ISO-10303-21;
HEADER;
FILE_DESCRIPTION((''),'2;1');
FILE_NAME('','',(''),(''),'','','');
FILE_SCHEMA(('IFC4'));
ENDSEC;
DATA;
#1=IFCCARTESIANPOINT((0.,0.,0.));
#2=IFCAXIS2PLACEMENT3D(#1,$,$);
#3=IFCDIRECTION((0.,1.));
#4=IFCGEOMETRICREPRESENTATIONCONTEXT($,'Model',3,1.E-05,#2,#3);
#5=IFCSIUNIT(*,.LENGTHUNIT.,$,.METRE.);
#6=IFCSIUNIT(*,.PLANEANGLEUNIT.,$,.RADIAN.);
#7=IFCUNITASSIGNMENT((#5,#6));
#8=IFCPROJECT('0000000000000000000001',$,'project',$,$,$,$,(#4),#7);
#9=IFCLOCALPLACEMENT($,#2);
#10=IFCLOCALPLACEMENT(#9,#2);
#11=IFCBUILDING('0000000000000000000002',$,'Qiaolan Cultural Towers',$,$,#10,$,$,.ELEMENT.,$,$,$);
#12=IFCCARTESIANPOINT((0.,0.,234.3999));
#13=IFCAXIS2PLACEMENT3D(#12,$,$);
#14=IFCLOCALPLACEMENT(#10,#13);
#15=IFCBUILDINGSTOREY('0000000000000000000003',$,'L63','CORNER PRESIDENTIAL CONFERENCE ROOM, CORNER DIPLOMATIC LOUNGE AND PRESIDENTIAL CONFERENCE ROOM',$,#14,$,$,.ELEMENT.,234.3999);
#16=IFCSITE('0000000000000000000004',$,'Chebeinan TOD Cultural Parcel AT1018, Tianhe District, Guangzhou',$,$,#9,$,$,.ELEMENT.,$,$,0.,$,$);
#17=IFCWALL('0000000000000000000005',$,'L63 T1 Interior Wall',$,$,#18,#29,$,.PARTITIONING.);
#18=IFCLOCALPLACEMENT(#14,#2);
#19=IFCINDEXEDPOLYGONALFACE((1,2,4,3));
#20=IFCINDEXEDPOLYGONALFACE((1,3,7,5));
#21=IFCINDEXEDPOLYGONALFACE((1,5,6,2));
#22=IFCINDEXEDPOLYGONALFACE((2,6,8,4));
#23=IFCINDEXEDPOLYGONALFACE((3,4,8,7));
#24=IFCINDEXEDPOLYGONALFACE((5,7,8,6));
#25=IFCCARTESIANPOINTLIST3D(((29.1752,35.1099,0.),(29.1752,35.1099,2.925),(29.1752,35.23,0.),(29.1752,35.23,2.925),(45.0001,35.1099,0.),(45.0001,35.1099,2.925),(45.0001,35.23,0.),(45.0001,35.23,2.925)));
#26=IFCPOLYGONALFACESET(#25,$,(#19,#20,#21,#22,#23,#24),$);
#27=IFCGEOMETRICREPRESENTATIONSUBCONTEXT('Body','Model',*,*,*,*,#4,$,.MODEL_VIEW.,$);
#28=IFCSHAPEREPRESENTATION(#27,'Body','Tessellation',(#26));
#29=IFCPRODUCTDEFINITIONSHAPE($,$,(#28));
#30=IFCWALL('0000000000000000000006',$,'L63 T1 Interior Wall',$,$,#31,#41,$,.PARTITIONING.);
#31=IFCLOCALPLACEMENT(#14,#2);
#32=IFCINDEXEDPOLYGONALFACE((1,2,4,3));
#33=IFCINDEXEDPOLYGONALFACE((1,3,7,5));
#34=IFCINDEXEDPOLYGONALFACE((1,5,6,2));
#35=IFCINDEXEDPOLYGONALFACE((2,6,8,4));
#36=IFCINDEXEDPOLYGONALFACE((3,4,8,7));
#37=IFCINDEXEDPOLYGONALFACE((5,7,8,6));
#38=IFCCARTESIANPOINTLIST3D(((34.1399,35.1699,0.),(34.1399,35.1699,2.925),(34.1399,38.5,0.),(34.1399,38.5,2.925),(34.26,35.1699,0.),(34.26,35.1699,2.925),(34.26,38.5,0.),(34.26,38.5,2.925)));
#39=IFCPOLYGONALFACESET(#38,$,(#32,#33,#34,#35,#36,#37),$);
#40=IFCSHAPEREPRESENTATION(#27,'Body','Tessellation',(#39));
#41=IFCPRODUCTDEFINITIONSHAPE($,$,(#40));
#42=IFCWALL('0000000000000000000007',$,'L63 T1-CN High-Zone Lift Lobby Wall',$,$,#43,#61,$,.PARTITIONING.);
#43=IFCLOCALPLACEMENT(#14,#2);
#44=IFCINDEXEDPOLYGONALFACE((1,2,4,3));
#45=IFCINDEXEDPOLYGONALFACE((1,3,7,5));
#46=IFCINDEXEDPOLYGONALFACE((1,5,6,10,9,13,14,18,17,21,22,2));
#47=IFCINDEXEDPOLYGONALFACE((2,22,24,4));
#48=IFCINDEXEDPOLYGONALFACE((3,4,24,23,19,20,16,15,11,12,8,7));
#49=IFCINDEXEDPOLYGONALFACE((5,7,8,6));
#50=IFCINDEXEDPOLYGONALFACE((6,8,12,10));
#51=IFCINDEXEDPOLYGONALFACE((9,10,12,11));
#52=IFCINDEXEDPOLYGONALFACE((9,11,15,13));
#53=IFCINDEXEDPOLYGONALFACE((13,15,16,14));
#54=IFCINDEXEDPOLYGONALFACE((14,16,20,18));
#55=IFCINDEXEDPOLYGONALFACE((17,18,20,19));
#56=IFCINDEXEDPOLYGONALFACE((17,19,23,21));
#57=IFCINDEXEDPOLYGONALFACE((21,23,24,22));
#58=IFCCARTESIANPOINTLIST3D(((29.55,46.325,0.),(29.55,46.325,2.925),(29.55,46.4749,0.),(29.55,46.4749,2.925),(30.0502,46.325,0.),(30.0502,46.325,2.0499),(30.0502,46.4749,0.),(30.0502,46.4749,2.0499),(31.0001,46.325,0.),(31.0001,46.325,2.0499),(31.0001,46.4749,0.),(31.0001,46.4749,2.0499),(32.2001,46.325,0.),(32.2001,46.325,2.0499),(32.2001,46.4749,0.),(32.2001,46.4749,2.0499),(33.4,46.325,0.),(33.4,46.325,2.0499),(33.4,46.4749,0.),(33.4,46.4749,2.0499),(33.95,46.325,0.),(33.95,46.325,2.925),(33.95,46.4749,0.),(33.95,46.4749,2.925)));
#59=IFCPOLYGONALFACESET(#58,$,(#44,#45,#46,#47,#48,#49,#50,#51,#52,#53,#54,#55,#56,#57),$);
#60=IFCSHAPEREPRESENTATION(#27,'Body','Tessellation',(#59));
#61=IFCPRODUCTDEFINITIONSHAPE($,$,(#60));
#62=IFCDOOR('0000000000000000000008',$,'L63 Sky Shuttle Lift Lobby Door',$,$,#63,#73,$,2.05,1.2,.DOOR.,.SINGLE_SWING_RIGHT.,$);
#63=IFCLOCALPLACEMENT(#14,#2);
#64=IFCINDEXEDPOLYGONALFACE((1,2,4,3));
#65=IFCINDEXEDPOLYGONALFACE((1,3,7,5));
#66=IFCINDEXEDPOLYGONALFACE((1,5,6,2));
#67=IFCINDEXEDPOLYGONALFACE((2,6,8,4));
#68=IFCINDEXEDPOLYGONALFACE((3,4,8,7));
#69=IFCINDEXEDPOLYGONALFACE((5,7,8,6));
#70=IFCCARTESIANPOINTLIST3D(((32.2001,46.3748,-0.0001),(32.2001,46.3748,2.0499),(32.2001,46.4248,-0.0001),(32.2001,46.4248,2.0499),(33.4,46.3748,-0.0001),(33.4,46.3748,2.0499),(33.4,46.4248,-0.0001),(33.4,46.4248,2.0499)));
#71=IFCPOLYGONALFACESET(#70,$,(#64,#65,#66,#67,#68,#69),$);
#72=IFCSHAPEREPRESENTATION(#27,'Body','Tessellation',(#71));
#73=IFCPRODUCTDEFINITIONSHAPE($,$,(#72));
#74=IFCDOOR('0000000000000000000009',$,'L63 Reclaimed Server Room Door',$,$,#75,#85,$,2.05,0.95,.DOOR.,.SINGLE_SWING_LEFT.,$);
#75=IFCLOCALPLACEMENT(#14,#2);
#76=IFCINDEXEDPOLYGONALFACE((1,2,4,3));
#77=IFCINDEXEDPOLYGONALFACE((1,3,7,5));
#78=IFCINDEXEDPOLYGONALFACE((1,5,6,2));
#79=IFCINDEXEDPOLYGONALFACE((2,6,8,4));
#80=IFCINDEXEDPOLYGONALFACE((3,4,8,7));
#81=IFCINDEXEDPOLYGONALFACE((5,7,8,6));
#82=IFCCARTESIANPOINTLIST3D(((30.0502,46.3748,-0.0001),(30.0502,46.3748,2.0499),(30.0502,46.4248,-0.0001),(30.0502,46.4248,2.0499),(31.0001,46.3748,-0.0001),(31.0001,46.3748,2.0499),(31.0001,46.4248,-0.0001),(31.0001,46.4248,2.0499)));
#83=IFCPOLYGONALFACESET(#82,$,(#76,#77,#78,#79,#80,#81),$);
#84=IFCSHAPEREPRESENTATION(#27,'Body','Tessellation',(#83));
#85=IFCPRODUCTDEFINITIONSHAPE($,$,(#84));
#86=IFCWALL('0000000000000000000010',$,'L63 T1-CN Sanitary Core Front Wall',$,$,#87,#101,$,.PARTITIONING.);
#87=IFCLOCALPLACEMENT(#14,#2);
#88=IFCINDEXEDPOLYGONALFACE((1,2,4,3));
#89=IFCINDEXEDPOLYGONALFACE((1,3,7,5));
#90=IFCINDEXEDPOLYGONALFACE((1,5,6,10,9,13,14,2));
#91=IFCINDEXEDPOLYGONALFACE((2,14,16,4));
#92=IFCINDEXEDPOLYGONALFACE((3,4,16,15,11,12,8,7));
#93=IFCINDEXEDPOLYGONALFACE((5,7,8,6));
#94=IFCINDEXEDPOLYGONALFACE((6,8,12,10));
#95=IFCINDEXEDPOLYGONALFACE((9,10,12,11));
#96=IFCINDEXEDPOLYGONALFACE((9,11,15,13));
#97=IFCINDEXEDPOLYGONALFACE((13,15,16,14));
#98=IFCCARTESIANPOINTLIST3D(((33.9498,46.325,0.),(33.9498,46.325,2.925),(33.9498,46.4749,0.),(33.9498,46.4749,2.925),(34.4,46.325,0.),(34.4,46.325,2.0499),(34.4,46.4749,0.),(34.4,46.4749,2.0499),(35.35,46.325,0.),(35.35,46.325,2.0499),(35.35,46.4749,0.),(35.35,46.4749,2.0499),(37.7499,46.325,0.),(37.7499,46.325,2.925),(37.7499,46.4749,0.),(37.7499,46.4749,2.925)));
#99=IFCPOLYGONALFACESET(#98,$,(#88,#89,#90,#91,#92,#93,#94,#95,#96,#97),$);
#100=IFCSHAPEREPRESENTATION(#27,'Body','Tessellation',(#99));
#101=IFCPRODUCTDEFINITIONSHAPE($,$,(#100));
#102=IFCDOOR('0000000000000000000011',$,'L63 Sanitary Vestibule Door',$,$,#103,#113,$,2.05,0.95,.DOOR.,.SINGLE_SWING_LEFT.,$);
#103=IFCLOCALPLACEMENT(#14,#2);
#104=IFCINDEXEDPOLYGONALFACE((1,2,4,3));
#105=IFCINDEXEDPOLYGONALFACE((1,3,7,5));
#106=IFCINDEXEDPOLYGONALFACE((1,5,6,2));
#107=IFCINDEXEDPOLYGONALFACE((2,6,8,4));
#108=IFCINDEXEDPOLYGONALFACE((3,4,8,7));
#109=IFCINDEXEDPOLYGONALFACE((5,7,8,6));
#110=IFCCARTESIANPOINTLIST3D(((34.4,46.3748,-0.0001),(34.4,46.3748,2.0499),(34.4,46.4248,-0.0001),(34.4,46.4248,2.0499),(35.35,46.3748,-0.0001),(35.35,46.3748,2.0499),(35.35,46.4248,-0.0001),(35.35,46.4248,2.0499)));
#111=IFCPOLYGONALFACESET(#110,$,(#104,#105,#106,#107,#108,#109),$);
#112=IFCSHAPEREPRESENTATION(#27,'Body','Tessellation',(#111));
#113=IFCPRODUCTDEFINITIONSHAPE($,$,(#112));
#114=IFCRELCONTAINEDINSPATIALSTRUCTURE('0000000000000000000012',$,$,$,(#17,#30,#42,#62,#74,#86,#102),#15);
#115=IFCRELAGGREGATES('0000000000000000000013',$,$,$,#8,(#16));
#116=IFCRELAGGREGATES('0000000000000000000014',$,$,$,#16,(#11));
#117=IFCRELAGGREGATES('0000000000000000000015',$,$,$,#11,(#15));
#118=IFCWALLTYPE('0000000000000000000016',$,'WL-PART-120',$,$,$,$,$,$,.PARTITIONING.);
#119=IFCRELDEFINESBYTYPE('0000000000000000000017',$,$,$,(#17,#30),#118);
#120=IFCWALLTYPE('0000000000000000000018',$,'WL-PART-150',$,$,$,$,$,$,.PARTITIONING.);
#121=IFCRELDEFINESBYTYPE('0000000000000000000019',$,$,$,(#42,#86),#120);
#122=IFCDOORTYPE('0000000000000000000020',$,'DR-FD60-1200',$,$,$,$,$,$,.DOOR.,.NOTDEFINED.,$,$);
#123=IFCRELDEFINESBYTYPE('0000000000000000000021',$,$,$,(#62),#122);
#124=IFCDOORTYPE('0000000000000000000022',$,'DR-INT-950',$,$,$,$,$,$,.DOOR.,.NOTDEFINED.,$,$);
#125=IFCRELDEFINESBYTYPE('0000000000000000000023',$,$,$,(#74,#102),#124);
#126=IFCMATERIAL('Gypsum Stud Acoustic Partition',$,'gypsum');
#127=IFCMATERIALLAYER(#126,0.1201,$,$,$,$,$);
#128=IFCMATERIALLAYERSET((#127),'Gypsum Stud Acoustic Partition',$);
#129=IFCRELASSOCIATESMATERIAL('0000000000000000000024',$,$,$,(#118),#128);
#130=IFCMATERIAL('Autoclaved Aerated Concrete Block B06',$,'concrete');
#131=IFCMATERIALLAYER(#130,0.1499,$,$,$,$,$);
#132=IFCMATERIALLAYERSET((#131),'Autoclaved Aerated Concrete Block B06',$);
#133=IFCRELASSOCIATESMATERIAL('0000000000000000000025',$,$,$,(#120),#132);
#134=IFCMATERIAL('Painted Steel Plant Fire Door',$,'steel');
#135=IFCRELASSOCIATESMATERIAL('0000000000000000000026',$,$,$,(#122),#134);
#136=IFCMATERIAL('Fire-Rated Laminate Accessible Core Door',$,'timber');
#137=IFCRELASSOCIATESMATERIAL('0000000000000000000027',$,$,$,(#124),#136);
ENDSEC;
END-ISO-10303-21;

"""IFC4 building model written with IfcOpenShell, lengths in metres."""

from ifc_helpers import new_model, si_unit, direction, frame, frame_2d, origin, place, context, subcontext, project, spatial, rectangle, extrude, material, layer, layer_set, type_object, element, fill, save


model = new_model("IFC4")

# Units and contexts
model_context = context("Model", 3, precision=1e-05, world=origin(), true_north=direction((0.0, 1.0)))
body_context = subcontext(model_context, "Body", "Model", "MODEL_VIEW")
ifc_project = project(units=[si_unit("LENGTHUNIT", "METRE"), si_unit("PLANEANGLEUNIT", "RADIAN")], contexts=[model_context])

# Site, building, storey
site_placement = place(None, origin())
site = spatial("IfcSite", under=ifc_project, at=site_placement, Name="Chebeinan TOD Cultural Parcel AT1018, Tianhe District, Guangzhou", CompositionType="ELEMENT", RefElevation=0.0)
building_placement = place(site_placement, origin())
building = spatial("IfcBuilding", under=site, at=building_placement, Name="Qiaolan Cultural Towers", CompositionType="ELEMENT")
storey_placement = place(building_placement, frame((0.0, 0.0, 234.3999)))
storey = spatial("IfcBuildingStorey", under=building, at=storey_placement, Name="L63", Description="CORNER PRESIDENTIAL CONFERENCE ROOM, CORNER DIPLOMATIC LOUNGE AND PRESIDENTIAL CONFERENCE ROOM", CompositionType="ELEMENT", Elevation=234.3999)

# Shared definitions
ifc_material_1 = material(Name="Gypsum Stud Acoustic Partition", Category="gypsum")
ifc_layer_1 = layer(ifc_material_1, 0.1201)
ifc_layer_set_1 = layer_set([ifc_layer_1], Name="Gypsum Stud Acoustic Partition")
wall_type_1 = type_object("IfcWallType", Name="WL-PART-120", PredefinedType="PARTITIONING", material=ifc_layer_set_1)

# Walls
for number, where, z_axis, x_axis, name in (
    (1, (29.175, 35.1699, 0.0), (0.0, 0.0, 1.0), (1.0, 0.0, 0.0), "L63 T1 Interior Wall"),
):
    element("IfcWall", number, at=place(storey_placement, frame(where, z_axis=z_axis, x_axis=x_axis)), inside=storey, type_object=wall_type_1, Name=name, PredefinedType="PARTITIONING", context=body_context, shape_type="SweptSolid", body=[
        extrude(rectangle(XDim=15.825, YDim=0.1201, at=frame_2d((7.9126, 0.0))), origin(), (0.0, 0.0, 1.0), 2.925),
    ])
wall_1_placement = place(storey_placement, frame((34.2, 35.1699, 0.0), z_axis=(0.0, 0.0, 1.0), x_axis=(0.0, 1.0, 0.0)))
element("IfcWall", 2, at=wall_1_placement, inside=storey, type_object=wall_type_1, Name="L63 T1 Interior Wall", PredefinedType="PARTITIONING", context=body_context, shape_type="SweptSolid", body=[
    extrude(rectangle(XDim=3.3301, YDim=0.1201, at=frame_2d((1.665, 0.0))), origin(), (0.0, 0.0, 1.0), 2.925),
])

# Wall, openings, doors
ifc_material_2 = material(Name="Autoclaved Aerated Concrete Block B06", Category="concrete")
ifc_layer_2 = layer(ifc_material_2, 0.1499)
ifc_layer_set_2 = layer_set([ifc_layer_2], Name="Autoclaved Aerated Concrete Block B06")
wall_type_2 = type_object("IfcWallType", Name="WL-PART-150", PredefinedType="PARTITIONING", material=ifc_layer_set_2)
wall_2_placement = place(storey_placement, frame((29.55, 46.3999, 0.0), z_axis=(0.0, 0.0, 1.0), x_axis=(1.0, 0.0, 0.0)))
wall_2 = element("IfcWall", 3, at=wall_2_placement, inside=storey, type_object=wall_type_2, Name="L63 T1-CN High-Zone Lift Lobby Wall", PredefinedType="PARTITIONING", context=body_context, shape_type="SweptSolid", body=[
    extrude(rectangle(XDim=4.3999, YDim=0.1499, at=frame_2d((2.2, 0.0))), origin(), (0.0, 0.0, 1.0), 2.925),
])
opening_1_placement = place(wall_2_placement, frame((0.5, 0.0, 0.0)))
opening_1 = element("IfcOpeningElement", 4, at=opening_1_placement, cuts=wall_2, PredefinedType="OPENING", context=body_context, shape_type="SweptSolid", body=[
    extrude(rectangle(XDim=0.95, YDim=2.05, at=frame_2d((0.4751, 1.0249))), frame((0.0, 0.085, 0.0), z_axis=(0.0, -1.0, 0.0), x_axis=(1.0, 0.0, 0.0)), (0.0, 0.0, 1.0), 0.1699),
])
opening_2_placement = place(wall_2_placement, frame((2.6499, 0.0, 0.0)))
opening_2 = element("IfcOpeningElement", 5, at=opening_2_placement, cuts=wall_2, PredefinedType="OPENING", context=body_context, shape_type="SweptSolid", body=[
    extrude(rectangle(XDim=1.2, YDim=2.05, at=frame_2d((0.6001, 1.0249))), frame((0.0, 0.085, 0.0), z_axis=(0.0, -1.0, 0.0), x_axis=(1.0, 0.0, 0.0)), (0.0, 0.0, 1.0), 0.1699),
])
ifc_material_3 = material(Name="Painted Steel Plant Fire Door", Category="steel")
door_type_1 = type_object("IfcDoorType", Name="DR-FD60-1200", OperationType="NOTDEFINED", PredefinedType="DOOR", material=ifc_material_3)
door_1_placement = place(opening_2_placement, origin())
door_1 = element("IfcDoor", 6, at=door_1_placement, inside=storey, type_object=door_type_1, Name="L63 Sky Shuttle Lift Lobby Door", OperationType="SINGLE_SWING_RIGHT", OverallHeight=2.05, OverallWidth=1.2, PredefinedType="DOOR", context=body_context, shape_type="SweptSolid", body=[
    extrude(rectangle(XDim=1.2, YDim=2.05, at=frame_2d((0.6001, 1.0249))), frame((0.0, 0.0249, 0.0), z_axis=(0.0, -1.0, 0.0), x_axis=(1.0, 0.0, 0.0)), (0.0, 0.0, 1.0), 0.05),
])
fill(opening_2, door_1)
ifc_material_4 = material(Name="Fire-Rated Laminate Accessible Core Door", Category="timber")
door_type_2 = type_object("IfcDoorType", Name="DR-INT-950", OperationType="NOTDEFINED", PredefinedType="DOOR", material=ifc_material_4)
door_2_placement = place(opening_1_placement, origin())
door_2 = element("IfcDoor", 7, at=door_2_placement, inside=storey, type_object=door_type_2, Name="L63 Reclaimed Server Room Door", OperationType="SINGLE_SWING_LEFT", OverallHeight=2.05, OverallWidth=0.95, PredefinedType="DOOR", context=body_context, shape_type="SweptSolid", body=[
    extrude(rectangle(XDim=0.95, YDim=2.05, at=frame_2d((0.4751, 1.0249))), frame((0.0, 0.0249, 0.0), z_axis=(0.0, -1.0, 0.0), x_axis=(1.0, 0.0, 0.0)), (0.0, 0.0, 1.0), 0.05),
])
fill(opening_1, door_2)

# Wall, opening, door
wall_3_placement = place(storey_placement, frame((33.95, 46.3999, 0.0), z_axis=(0.0, 0.0, 1.0), x_axis=(1.0, 0.0, 0.0)))
wall_3 = element("IfcWall", 8, at=wall_3_placement, inside=storey, type_object=wall_type_2, Name="L63 T1-CN Sanitary Core Front Wall", PredefinedType="PARTITIONING", context=body_context, shape_type="SweptSolid", body=[
    extrude(rectangle(XDim=3.8, YDim=0.1499, at=frame_2d((1.8999, 0.0))), origin(), (0.0, 0.0, 1.0), 2.925),
])
opening_3_placement = place(wall_3_placement, frame((0.45, 0.0, 0.0)))
opening_3 = element("IfcOpeningElement", 9, at=opening_3_placement, cuts=wall_3, PredefinedType="OPENING", context=body_context, shape_type="SweptSolid", body=[
    extrude(rectangle(XDim=0.95, YDim=2.05, at=frame_2d((0.4751, 1.0249))), frame((0.0, 0.085, 0.0), z_axis=(0.0, -1.0, 0.0), x_axis=(1.0, 0.0, 0.0)), (0.0, 0.0, 1.0), 0.1699),
])
door_3_placement = place(opening_3_placement, origin())
door_3 = element("IfcDoor", 10, at=door_3_placement, inside=storey, type_object=door_type_2, Name="L63 Sanitary Vestibule Door", OperationType="SINGLE_SWING_LEFT", OverallHeight=2.05, OverallWidth=0.95, PredefinedType="DOOR", context=body_context, shape_type="SweptSolid", body=[
    extrude(rectangle(XDim=0.95, YDim=2.05, at=frame_2d((0.4751, 1.0249))), frame((0.0, 0.0249, 0.0), z_axis=(0.0, -1.0, 0.0), x_axis=(1.0, 0.0, 0.0)), (0.0, 0.0, 1.0), 0.05),
])
fill(opening_3, door_3)

save(model, "model.ifc")
